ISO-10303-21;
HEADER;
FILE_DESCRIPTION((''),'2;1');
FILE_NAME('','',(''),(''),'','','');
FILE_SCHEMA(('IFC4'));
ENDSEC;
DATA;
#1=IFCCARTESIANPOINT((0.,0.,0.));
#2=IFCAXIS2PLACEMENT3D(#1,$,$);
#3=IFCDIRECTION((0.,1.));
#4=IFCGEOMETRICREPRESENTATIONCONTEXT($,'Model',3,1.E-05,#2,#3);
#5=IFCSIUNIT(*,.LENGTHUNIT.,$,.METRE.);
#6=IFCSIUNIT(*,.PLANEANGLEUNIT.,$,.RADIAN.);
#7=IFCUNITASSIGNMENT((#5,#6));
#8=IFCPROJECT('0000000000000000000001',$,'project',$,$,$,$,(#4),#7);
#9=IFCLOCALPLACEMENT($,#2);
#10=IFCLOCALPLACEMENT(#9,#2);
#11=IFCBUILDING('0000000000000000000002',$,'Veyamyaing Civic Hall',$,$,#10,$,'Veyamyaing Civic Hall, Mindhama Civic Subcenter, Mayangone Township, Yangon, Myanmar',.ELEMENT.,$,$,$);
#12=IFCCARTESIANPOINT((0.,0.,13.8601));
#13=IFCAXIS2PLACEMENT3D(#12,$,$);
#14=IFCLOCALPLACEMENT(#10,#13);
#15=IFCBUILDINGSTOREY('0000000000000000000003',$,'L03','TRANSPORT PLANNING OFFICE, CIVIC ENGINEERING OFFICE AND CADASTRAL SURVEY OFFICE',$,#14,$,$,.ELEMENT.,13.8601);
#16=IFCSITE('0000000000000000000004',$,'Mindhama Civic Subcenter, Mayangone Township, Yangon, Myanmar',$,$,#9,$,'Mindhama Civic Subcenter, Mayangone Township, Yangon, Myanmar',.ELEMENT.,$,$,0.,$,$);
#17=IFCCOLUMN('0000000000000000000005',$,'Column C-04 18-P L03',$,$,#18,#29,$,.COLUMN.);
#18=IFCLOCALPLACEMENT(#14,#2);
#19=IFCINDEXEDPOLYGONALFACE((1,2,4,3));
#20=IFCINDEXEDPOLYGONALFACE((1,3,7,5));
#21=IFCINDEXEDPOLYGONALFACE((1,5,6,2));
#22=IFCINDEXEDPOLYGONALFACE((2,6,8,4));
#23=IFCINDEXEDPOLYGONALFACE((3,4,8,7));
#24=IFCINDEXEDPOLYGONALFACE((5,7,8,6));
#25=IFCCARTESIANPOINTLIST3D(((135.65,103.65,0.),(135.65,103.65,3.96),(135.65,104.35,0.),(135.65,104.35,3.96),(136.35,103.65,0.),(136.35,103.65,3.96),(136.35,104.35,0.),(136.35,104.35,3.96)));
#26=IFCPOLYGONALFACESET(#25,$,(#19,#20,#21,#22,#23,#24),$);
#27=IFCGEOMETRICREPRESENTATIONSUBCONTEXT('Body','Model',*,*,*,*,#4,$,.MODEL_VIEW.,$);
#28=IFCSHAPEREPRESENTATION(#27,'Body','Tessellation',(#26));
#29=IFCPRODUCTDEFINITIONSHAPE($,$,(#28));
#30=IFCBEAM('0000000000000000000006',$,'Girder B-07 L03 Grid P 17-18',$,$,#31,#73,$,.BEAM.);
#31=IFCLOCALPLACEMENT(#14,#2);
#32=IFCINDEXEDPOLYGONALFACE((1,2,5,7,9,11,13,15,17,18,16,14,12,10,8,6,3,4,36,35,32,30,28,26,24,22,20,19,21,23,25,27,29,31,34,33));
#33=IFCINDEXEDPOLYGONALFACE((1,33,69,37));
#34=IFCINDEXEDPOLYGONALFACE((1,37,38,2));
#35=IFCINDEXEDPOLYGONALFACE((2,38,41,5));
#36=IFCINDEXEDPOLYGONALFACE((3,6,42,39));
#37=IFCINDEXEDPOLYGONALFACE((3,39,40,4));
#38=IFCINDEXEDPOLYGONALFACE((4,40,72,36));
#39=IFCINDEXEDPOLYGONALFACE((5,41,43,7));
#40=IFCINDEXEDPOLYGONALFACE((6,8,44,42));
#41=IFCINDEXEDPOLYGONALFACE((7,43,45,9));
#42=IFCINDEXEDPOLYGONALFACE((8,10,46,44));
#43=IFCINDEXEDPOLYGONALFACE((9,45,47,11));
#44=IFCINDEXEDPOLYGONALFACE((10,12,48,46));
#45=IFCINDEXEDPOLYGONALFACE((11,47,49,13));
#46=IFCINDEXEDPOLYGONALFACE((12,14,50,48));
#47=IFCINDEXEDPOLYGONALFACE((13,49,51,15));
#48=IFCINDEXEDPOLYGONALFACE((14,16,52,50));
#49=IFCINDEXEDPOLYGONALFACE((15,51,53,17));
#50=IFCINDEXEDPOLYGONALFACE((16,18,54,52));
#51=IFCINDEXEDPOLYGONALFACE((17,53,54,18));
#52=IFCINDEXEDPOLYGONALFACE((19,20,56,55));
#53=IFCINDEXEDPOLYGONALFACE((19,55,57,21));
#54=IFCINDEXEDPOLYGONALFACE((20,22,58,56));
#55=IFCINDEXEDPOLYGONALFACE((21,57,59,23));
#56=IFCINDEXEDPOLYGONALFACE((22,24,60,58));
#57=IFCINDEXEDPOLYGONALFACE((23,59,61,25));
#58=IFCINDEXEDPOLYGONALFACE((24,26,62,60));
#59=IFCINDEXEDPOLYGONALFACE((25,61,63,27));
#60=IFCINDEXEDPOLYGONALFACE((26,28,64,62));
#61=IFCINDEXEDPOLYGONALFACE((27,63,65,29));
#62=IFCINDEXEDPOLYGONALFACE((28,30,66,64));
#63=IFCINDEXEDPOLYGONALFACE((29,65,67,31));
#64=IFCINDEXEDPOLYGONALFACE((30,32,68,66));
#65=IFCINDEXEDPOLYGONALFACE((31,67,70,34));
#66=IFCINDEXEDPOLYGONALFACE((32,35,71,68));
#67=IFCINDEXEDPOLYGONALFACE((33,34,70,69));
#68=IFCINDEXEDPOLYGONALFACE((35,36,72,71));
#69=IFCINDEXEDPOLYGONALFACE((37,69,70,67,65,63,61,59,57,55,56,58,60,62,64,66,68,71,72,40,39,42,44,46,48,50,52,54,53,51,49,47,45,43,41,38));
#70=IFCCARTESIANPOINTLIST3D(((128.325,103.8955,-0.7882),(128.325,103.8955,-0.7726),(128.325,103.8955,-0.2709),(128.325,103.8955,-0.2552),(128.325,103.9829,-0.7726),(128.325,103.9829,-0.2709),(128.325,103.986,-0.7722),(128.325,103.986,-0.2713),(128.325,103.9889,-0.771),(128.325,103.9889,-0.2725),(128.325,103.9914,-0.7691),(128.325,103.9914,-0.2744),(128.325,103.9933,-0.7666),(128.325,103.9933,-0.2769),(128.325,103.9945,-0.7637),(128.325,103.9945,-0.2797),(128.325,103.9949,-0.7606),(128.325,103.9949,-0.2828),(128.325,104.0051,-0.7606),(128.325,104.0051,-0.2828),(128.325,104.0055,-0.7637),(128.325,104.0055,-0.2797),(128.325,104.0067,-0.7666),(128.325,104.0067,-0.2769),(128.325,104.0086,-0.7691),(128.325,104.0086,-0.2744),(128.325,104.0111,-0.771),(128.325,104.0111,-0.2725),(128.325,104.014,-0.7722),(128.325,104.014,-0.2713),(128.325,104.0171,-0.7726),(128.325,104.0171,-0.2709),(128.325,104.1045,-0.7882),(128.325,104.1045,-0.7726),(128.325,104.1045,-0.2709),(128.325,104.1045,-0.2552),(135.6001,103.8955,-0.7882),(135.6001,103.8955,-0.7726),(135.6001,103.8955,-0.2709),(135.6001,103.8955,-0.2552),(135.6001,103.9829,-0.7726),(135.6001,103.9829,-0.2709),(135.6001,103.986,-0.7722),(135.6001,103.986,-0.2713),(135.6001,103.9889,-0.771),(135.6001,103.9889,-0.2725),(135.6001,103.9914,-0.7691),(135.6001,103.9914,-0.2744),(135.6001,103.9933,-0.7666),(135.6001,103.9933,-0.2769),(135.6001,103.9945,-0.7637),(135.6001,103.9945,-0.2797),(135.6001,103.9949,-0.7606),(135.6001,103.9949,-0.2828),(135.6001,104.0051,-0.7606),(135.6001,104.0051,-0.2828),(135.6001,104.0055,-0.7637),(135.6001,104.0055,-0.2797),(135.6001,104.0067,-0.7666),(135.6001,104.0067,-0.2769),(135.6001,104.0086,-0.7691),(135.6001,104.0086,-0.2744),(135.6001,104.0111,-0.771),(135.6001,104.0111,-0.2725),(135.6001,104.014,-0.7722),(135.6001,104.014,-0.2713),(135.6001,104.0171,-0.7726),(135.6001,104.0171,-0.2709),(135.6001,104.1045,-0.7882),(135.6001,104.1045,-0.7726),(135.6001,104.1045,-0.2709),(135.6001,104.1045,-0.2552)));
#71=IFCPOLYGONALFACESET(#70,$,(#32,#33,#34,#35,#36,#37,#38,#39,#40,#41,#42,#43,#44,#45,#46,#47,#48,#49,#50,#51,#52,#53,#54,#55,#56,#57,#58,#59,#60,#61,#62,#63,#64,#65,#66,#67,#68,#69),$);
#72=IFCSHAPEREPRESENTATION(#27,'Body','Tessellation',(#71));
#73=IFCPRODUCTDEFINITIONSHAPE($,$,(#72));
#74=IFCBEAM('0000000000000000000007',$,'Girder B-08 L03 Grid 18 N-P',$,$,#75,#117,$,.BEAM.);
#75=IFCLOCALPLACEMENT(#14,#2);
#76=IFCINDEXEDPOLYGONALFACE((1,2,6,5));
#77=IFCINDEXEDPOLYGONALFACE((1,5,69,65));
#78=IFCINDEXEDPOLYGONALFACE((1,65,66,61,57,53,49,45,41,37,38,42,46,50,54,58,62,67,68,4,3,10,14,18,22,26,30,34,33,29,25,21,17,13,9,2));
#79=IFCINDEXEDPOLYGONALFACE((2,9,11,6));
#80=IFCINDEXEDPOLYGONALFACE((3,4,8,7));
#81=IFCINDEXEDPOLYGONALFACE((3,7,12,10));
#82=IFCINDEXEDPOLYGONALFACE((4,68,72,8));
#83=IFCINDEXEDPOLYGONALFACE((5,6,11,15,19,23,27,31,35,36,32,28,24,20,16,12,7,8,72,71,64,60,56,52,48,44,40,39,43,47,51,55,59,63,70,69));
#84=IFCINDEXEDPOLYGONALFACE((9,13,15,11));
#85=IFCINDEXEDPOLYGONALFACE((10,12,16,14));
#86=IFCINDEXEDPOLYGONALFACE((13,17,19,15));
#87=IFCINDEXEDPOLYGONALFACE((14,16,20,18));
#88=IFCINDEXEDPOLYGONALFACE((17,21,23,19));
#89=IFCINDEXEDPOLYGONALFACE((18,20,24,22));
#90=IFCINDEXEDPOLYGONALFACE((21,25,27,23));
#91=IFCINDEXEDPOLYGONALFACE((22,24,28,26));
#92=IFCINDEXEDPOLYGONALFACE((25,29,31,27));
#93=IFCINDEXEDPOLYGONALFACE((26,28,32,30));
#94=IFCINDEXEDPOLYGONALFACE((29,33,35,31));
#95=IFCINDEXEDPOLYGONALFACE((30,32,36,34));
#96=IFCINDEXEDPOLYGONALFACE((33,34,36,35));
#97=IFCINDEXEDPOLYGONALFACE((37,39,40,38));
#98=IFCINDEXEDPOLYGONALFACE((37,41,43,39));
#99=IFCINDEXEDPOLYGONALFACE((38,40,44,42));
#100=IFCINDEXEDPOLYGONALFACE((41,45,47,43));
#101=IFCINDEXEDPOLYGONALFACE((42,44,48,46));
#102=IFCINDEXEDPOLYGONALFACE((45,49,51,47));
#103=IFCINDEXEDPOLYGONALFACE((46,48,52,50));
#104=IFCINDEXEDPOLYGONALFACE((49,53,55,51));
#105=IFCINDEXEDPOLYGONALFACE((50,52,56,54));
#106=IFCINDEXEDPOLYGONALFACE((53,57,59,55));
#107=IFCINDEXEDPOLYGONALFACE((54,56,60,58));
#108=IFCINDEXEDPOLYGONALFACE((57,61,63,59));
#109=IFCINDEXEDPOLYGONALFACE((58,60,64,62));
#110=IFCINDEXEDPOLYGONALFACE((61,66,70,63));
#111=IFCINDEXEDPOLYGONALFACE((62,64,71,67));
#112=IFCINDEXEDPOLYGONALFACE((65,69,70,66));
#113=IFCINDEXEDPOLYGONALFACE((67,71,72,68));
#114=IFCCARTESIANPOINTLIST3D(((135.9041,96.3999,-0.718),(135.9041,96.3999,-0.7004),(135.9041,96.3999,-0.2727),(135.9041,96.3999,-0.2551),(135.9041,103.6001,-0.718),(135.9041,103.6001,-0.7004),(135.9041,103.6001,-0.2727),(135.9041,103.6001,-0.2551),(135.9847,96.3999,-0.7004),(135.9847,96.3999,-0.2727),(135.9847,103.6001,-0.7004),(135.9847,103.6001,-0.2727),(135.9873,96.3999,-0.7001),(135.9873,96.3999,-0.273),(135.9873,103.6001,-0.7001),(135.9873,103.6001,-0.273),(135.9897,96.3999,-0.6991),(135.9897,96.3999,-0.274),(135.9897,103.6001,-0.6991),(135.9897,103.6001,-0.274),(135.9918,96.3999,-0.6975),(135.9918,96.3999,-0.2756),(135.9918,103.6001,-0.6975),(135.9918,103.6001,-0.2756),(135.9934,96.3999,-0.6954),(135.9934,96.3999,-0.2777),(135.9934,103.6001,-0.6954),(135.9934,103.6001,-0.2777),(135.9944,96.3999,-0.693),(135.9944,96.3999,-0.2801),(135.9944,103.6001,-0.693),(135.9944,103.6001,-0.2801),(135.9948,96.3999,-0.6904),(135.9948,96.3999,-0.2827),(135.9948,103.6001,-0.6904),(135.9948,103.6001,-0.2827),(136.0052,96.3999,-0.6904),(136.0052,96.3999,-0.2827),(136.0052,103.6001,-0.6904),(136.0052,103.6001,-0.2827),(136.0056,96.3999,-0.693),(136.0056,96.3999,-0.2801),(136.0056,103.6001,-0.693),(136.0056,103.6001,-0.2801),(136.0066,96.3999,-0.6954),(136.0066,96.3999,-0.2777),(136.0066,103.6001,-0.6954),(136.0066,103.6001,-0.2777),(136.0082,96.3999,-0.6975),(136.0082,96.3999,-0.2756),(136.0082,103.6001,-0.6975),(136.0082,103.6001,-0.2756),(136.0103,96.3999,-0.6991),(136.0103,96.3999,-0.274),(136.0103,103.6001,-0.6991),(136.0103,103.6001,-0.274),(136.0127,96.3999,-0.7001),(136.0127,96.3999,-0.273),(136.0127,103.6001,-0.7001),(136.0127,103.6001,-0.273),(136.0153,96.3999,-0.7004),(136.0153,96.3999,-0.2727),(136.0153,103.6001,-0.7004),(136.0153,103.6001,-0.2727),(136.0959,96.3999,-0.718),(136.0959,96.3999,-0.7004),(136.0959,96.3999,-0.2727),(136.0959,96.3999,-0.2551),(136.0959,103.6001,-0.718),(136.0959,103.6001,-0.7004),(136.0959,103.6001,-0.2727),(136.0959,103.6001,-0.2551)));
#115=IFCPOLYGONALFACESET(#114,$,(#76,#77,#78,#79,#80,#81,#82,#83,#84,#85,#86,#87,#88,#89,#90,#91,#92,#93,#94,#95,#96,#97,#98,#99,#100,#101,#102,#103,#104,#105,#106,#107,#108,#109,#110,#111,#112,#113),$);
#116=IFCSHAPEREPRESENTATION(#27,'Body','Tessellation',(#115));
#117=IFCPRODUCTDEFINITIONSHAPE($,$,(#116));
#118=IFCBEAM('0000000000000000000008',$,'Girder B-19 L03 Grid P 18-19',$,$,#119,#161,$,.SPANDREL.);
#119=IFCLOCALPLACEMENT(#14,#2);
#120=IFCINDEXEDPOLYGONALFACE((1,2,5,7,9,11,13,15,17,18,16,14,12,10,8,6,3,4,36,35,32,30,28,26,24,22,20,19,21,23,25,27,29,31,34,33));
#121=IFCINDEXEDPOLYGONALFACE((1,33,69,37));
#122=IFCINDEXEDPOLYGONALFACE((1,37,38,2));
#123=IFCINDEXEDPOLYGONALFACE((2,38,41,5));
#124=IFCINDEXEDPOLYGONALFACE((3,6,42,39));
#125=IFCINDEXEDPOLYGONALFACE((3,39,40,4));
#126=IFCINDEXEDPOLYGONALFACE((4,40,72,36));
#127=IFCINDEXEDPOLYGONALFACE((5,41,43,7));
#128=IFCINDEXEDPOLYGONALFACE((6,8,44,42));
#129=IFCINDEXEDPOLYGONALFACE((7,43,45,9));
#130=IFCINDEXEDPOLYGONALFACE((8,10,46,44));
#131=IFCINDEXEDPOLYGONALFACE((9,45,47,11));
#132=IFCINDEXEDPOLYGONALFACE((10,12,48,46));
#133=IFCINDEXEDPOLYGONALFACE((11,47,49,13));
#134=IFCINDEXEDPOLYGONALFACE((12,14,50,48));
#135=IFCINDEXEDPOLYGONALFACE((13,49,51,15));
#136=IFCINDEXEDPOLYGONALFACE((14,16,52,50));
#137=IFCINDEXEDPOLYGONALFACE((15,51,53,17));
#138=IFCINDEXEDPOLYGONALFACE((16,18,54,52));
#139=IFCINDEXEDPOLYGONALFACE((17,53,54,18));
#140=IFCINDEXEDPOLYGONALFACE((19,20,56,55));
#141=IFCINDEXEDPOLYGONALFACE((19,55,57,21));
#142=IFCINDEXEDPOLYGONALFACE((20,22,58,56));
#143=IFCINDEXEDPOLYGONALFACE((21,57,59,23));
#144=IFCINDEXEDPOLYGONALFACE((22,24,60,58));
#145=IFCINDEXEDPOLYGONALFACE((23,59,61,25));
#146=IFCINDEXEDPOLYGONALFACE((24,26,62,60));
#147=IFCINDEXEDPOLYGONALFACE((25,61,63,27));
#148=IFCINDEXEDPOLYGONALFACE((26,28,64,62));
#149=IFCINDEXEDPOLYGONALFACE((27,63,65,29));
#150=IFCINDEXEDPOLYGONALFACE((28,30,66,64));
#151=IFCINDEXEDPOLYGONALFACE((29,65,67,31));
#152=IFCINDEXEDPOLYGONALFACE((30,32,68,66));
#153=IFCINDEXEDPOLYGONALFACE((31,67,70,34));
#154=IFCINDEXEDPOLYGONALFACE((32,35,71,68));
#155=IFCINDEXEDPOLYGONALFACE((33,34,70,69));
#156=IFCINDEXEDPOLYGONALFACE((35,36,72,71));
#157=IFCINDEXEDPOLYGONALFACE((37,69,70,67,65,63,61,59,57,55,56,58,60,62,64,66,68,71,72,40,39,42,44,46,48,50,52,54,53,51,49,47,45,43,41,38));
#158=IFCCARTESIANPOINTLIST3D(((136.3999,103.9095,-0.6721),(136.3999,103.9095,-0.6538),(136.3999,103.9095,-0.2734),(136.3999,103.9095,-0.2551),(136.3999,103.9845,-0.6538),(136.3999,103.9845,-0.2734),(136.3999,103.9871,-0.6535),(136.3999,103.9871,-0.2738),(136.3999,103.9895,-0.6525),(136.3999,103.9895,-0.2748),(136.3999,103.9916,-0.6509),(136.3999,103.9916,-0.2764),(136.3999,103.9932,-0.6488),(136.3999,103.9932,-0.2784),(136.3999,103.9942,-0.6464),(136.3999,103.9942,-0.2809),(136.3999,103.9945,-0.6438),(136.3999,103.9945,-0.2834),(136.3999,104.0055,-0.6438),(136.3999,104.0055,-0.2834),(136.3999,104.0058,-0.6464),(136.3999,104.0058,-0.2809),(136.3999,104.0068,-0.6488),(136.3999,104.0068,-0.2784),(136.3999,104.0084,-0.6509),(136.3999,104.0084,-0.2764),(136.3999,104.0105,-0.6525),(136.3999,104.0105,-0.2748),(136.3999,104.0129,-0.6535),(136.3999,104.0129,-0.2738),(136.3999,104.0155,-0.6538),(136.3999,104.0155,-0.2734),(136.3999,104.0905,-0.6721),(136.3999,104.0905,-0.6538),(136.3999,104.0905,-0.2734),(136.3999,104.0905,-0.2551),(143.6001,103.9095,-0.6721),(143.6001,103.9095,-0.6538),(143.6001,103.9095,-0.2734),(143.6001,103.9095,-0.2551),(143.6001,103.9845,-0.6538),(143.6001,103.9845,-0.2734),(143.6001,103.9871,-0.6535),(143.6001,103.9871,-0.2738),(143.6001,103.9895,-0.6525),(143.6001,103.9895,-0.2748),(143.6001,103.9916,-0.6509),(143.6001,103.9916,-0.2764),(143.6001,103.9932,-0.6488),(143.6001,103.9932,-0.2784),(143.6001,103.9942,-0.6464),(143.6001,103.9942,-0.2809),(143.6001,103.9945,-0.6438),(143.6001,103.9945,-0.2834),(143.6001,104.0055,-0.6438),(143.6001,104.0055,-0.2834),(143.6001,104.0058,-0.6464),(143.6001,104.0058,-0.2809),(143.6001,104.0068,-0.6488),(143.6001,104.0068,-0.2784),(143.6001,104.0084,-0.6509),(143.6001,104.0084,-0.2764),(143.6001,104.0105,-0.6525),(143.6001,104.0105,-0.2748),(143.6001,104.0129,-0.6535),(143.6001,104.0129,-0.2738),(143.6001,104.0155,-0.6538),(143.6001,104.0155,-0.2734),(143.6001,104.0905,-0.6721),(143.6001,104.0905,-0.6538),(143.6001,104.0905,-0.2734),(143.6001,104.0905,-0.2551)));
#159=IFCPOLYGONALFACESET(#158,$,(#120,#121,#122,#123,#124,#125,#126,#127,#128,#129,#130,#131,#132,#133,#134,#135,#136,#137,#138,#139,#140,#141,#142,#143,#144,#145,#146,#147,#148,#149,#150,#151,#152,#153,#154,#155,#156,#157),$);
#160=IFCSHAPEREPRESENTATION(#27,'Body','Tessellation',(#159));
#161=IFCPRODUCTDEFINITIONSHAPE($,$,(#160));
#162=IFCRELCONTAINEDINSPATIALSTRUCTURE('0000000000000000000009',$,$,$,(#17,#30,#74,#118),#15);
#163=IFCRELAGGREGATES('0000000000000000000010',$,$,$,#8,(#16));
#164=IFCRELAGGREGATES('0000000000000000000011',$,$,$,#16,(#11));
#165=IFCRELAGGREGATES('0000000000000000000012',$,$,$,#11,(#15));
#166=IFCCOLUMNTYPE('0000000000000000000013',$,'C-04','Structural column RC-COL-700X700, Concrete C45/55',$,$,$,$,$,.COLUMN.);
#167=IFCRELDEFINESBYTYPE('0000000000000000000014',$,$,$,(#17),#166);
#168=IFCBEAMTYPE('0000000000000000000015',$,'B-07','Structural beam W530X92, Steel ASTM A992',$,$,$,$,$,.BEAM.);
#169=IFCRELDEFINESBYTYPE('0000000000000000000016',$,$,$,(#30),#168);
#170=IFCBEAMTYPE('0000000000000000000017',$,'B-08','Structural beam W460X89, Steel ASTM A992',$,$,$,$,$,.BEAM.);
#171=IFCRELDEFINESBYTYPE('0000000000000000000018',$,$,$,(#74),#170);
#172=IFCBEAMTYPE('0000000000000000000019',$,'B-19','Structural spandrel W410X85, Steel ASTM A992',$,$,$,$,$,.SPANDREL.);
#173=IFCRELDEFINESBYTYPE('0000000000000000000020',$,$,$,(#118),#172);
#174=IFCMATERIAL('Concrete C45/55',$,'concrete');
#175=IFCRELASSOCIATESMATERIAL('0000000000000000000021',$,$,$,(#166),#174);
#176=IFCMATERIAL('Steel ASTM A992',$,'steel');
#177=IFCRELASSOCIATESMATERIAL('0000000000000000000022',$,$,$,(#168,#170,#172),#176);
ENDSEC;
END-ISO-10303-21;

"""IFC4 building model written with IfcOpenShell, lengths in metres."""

from ifc_helpers import new_model, si_unit, direction, frame, origin, origin_2d, place, context, subcontext, project, spatial, rectangle, i_section, extrude, material, material_profile, profile_set, type_object, element, save


model = new_model("IFC4")

# Units and contexts
model_context = context("Model", 3, precision=1e-05, world=origin(), true_north=direction((0.0, 1.0)))
body_context = subcontext(model_context, "Body", "Model", "MODEL_VIEW")
ifc_project = project(units=[si_unit("LENGTHUNIT", "METRE"), si_unit("PLANEANGLEUNIT", "RADIAN")], contexts=[model_context])

# Site, building, storey
site_placement = place(None, origin())
site = spatial("IfcSite", under=ifc_project, at=site_placement, Name="Mindhama Civic Subcenter, Mayangone Township, Yangon, Myanmar", LongName="Mindhama Civic Subcenter, Mayangone Township, Yangon, Myanmar", CompositionType="ELEMENT", RefElevation=0.0)
building_placement = place(site_placement, origin())
building = spatial("IfcBuilding", under=site, at=building_placement, Name="Veyamyaing Civic Hall", LongName="Veyamyaing Civic Hall, Mindhama Civic Subcenter, Mayangone Township, Yangon, Myanmar", CompositionType="ELEMENT")
storey_placement = place(building_placement, frame((0.0, 0.0, 13.8601)))
storey = spatial("IfcBuildingStorey", under=building, at=storey_placement, Name="L03", Description="TRANSPORT PLANNING OFFICE, CIVIC ENGINEERING OFFICE AND CADASTRAL SURVEY OFFICE", CompositionType="ELEMENT", Elevation=13.8601)

# Column
ifc_material_1 = material(Name="Concrete C45/55", Category="concrete")
ifc_material_profile_1 = material_profile(ifc_material_1, rectangle(XDim=0.7, YDim=0.7, at=origin_2d()), Name="RC-COL-700X700")
ifc_profile_set_1 = profile_set([ifc_material_profile_1], Name="Concrete C45/55")
column_type = type_object("IfcColumnType", Name="C-04", Description="Structural column RC-COL-700X700, Concrete C45/55", PredefinedType="COLUMN", material=ifc_profile_set_1)
column_placement = place(storey_placement, frame((136.0, 104.0, 0.0), z_axis=(0.0, 0.0, 1.0), x_axis=(1.0, 0.0, 0.0)))
element("IfcColumn", 1, at=column_placement, inside=storey, type_object=column_type, Name="Column C-04 18-P L03", PredefinedType="COLUMN", context=body_context, shape_type="SweptSolid", body=[
    extrude(rectangle(XDim=0.7, YDim=0.7, at=origin_2d()), origin(), (0.0, 0.0, 1.0), 3.96),
])

# Beams
ifc_material_2 = material(Name="Steel ASTM A992", Category="steel")
ifc_material_profile_2 = material_profile(ifc_material_2, i_section(OverallWidth=0.209, OverallDepth=0.533, WebThickness=0.0103, FlangeThickness=0.0156, FilletRadius=0.012, at=origin_2d()), Name="W530X92")
ifc_profile_set_2 = profile_set([ifc_material_profile_2], Name="Steel ASTM A992")
beam_type_1 = type_object("IfcBeamType", Name="B-07", Description="Structural beam W530X92, Steel ASTM A992", PredefinedType="BEAM", material=ifc_profile_set_2)
beam_1_placement = place(storey_placement, frame((128.325, 104.0, -0.5217), z_axis=(1.0, 0.0, 0.0), x_axis=(0.0, 1.0, 0.0)))
element("IfcBeam", 2, at=beam_1_placement, inside=storey, type_object=beam_type_1, Name="Girder B-07 L03 Grid P 17-18", PredefinedType="BEAM", context=body_context, shape_type="SweptSolid", body=[
    extrude(i_section(OverallWidth=0.209, OverallDepth=0.533, WebThickness=0.0103, FlangeThickness=0.0156, FilletRadius=0.012, at=origin_2d()), origin(), (0.0, 0.0, 1.0), 7.2751),
])
ifc_material_profile_3 = material_profile(ifc_material_2, i_section(OverallWidth=0.1919, OverallDepth=0.4629, WebThickness=0.0105, FlangeThickness=0.0176, FilletRadius=0.01, at=origin_2d()), Name="W460X89")
ifc_profile_set_3 = profile_set([ifc_material_profile_3], Name="Steel ASTM A992")
beam_type_2 = type_object("IfcBeamType", Name="B-08", Description="Structural beam W460X89, Steel ASTM A992", PredefinedType="BEAM", material=ifc_profile_set_3)
beam_2_placement = place(storey_placement, frame((136.0, 96.3999, -0.4866), z_axis=(0.0, 1.0, 0.0), x_axis=(-1.0, 0.0, 0.0)))
element("IfcBeam", 3, at=beam_2_placement, inside=storey, type_object=beam_type_2, Name="Girder B-08 L03 Grid 18 N-P", PredefinedType="BEAM", context=body_context, shape_type="SweptSolid", body=[
    extrude(i_section(OverallWidth=0.1919, OverallDepth=0.4629, WebThickness=0.0105, FlangeThickness=0.0176, FilletRadius=0.01, at=origin_2d()), origin(), (0.0, 0.0, 1.0), 7.2002),
])
ifc_material_profile_4 = material_profile(ifc_material_2, i_section(OverallWidth=0.1809, OverallDepth=0.417, WebThickness=0.011, FlangeThickness=0.0183, FilletRadius=0.01, at=origin_2d()), Name="W410X85")
ifc_profile_set_4 = profile_set([ifc_material_profile_4], Name="Steel ASTM A992")
beam_type_3 = type_object("IfcBeamType", Name="B-19", Description="Structural spandrel W410X85, Steel ASTM A992", PredefinedType="SPANDREL", material=ifc_profile_set_4)
beam_3_placement = place(storey_placement, frame((136.3999, 104.0, -0.4636), z_axis=(1.0, 0.0, 0.0), x_axis=(0.0, 1.0, 0.0)))
element("IfcBeam", 4, at=beam_3_placement, inside=storey, type_object=beam_type_3, Name="Girder B-19 L03 Grid P 18-19", PredefinedType="SPANDREL", context=body_context, shape_type="SweptSolid", body=[
    extrude(i_section(OverallWidth=0.1809, OverallDepth=0.417, WebThickness=0.011, FlangeThickness=0.0183, FilletRadius=0.01, at=origin_2d()), origin(), (0.0, 0.0, 1.0), 7.2002),
])

save(model, "model.ifc")
